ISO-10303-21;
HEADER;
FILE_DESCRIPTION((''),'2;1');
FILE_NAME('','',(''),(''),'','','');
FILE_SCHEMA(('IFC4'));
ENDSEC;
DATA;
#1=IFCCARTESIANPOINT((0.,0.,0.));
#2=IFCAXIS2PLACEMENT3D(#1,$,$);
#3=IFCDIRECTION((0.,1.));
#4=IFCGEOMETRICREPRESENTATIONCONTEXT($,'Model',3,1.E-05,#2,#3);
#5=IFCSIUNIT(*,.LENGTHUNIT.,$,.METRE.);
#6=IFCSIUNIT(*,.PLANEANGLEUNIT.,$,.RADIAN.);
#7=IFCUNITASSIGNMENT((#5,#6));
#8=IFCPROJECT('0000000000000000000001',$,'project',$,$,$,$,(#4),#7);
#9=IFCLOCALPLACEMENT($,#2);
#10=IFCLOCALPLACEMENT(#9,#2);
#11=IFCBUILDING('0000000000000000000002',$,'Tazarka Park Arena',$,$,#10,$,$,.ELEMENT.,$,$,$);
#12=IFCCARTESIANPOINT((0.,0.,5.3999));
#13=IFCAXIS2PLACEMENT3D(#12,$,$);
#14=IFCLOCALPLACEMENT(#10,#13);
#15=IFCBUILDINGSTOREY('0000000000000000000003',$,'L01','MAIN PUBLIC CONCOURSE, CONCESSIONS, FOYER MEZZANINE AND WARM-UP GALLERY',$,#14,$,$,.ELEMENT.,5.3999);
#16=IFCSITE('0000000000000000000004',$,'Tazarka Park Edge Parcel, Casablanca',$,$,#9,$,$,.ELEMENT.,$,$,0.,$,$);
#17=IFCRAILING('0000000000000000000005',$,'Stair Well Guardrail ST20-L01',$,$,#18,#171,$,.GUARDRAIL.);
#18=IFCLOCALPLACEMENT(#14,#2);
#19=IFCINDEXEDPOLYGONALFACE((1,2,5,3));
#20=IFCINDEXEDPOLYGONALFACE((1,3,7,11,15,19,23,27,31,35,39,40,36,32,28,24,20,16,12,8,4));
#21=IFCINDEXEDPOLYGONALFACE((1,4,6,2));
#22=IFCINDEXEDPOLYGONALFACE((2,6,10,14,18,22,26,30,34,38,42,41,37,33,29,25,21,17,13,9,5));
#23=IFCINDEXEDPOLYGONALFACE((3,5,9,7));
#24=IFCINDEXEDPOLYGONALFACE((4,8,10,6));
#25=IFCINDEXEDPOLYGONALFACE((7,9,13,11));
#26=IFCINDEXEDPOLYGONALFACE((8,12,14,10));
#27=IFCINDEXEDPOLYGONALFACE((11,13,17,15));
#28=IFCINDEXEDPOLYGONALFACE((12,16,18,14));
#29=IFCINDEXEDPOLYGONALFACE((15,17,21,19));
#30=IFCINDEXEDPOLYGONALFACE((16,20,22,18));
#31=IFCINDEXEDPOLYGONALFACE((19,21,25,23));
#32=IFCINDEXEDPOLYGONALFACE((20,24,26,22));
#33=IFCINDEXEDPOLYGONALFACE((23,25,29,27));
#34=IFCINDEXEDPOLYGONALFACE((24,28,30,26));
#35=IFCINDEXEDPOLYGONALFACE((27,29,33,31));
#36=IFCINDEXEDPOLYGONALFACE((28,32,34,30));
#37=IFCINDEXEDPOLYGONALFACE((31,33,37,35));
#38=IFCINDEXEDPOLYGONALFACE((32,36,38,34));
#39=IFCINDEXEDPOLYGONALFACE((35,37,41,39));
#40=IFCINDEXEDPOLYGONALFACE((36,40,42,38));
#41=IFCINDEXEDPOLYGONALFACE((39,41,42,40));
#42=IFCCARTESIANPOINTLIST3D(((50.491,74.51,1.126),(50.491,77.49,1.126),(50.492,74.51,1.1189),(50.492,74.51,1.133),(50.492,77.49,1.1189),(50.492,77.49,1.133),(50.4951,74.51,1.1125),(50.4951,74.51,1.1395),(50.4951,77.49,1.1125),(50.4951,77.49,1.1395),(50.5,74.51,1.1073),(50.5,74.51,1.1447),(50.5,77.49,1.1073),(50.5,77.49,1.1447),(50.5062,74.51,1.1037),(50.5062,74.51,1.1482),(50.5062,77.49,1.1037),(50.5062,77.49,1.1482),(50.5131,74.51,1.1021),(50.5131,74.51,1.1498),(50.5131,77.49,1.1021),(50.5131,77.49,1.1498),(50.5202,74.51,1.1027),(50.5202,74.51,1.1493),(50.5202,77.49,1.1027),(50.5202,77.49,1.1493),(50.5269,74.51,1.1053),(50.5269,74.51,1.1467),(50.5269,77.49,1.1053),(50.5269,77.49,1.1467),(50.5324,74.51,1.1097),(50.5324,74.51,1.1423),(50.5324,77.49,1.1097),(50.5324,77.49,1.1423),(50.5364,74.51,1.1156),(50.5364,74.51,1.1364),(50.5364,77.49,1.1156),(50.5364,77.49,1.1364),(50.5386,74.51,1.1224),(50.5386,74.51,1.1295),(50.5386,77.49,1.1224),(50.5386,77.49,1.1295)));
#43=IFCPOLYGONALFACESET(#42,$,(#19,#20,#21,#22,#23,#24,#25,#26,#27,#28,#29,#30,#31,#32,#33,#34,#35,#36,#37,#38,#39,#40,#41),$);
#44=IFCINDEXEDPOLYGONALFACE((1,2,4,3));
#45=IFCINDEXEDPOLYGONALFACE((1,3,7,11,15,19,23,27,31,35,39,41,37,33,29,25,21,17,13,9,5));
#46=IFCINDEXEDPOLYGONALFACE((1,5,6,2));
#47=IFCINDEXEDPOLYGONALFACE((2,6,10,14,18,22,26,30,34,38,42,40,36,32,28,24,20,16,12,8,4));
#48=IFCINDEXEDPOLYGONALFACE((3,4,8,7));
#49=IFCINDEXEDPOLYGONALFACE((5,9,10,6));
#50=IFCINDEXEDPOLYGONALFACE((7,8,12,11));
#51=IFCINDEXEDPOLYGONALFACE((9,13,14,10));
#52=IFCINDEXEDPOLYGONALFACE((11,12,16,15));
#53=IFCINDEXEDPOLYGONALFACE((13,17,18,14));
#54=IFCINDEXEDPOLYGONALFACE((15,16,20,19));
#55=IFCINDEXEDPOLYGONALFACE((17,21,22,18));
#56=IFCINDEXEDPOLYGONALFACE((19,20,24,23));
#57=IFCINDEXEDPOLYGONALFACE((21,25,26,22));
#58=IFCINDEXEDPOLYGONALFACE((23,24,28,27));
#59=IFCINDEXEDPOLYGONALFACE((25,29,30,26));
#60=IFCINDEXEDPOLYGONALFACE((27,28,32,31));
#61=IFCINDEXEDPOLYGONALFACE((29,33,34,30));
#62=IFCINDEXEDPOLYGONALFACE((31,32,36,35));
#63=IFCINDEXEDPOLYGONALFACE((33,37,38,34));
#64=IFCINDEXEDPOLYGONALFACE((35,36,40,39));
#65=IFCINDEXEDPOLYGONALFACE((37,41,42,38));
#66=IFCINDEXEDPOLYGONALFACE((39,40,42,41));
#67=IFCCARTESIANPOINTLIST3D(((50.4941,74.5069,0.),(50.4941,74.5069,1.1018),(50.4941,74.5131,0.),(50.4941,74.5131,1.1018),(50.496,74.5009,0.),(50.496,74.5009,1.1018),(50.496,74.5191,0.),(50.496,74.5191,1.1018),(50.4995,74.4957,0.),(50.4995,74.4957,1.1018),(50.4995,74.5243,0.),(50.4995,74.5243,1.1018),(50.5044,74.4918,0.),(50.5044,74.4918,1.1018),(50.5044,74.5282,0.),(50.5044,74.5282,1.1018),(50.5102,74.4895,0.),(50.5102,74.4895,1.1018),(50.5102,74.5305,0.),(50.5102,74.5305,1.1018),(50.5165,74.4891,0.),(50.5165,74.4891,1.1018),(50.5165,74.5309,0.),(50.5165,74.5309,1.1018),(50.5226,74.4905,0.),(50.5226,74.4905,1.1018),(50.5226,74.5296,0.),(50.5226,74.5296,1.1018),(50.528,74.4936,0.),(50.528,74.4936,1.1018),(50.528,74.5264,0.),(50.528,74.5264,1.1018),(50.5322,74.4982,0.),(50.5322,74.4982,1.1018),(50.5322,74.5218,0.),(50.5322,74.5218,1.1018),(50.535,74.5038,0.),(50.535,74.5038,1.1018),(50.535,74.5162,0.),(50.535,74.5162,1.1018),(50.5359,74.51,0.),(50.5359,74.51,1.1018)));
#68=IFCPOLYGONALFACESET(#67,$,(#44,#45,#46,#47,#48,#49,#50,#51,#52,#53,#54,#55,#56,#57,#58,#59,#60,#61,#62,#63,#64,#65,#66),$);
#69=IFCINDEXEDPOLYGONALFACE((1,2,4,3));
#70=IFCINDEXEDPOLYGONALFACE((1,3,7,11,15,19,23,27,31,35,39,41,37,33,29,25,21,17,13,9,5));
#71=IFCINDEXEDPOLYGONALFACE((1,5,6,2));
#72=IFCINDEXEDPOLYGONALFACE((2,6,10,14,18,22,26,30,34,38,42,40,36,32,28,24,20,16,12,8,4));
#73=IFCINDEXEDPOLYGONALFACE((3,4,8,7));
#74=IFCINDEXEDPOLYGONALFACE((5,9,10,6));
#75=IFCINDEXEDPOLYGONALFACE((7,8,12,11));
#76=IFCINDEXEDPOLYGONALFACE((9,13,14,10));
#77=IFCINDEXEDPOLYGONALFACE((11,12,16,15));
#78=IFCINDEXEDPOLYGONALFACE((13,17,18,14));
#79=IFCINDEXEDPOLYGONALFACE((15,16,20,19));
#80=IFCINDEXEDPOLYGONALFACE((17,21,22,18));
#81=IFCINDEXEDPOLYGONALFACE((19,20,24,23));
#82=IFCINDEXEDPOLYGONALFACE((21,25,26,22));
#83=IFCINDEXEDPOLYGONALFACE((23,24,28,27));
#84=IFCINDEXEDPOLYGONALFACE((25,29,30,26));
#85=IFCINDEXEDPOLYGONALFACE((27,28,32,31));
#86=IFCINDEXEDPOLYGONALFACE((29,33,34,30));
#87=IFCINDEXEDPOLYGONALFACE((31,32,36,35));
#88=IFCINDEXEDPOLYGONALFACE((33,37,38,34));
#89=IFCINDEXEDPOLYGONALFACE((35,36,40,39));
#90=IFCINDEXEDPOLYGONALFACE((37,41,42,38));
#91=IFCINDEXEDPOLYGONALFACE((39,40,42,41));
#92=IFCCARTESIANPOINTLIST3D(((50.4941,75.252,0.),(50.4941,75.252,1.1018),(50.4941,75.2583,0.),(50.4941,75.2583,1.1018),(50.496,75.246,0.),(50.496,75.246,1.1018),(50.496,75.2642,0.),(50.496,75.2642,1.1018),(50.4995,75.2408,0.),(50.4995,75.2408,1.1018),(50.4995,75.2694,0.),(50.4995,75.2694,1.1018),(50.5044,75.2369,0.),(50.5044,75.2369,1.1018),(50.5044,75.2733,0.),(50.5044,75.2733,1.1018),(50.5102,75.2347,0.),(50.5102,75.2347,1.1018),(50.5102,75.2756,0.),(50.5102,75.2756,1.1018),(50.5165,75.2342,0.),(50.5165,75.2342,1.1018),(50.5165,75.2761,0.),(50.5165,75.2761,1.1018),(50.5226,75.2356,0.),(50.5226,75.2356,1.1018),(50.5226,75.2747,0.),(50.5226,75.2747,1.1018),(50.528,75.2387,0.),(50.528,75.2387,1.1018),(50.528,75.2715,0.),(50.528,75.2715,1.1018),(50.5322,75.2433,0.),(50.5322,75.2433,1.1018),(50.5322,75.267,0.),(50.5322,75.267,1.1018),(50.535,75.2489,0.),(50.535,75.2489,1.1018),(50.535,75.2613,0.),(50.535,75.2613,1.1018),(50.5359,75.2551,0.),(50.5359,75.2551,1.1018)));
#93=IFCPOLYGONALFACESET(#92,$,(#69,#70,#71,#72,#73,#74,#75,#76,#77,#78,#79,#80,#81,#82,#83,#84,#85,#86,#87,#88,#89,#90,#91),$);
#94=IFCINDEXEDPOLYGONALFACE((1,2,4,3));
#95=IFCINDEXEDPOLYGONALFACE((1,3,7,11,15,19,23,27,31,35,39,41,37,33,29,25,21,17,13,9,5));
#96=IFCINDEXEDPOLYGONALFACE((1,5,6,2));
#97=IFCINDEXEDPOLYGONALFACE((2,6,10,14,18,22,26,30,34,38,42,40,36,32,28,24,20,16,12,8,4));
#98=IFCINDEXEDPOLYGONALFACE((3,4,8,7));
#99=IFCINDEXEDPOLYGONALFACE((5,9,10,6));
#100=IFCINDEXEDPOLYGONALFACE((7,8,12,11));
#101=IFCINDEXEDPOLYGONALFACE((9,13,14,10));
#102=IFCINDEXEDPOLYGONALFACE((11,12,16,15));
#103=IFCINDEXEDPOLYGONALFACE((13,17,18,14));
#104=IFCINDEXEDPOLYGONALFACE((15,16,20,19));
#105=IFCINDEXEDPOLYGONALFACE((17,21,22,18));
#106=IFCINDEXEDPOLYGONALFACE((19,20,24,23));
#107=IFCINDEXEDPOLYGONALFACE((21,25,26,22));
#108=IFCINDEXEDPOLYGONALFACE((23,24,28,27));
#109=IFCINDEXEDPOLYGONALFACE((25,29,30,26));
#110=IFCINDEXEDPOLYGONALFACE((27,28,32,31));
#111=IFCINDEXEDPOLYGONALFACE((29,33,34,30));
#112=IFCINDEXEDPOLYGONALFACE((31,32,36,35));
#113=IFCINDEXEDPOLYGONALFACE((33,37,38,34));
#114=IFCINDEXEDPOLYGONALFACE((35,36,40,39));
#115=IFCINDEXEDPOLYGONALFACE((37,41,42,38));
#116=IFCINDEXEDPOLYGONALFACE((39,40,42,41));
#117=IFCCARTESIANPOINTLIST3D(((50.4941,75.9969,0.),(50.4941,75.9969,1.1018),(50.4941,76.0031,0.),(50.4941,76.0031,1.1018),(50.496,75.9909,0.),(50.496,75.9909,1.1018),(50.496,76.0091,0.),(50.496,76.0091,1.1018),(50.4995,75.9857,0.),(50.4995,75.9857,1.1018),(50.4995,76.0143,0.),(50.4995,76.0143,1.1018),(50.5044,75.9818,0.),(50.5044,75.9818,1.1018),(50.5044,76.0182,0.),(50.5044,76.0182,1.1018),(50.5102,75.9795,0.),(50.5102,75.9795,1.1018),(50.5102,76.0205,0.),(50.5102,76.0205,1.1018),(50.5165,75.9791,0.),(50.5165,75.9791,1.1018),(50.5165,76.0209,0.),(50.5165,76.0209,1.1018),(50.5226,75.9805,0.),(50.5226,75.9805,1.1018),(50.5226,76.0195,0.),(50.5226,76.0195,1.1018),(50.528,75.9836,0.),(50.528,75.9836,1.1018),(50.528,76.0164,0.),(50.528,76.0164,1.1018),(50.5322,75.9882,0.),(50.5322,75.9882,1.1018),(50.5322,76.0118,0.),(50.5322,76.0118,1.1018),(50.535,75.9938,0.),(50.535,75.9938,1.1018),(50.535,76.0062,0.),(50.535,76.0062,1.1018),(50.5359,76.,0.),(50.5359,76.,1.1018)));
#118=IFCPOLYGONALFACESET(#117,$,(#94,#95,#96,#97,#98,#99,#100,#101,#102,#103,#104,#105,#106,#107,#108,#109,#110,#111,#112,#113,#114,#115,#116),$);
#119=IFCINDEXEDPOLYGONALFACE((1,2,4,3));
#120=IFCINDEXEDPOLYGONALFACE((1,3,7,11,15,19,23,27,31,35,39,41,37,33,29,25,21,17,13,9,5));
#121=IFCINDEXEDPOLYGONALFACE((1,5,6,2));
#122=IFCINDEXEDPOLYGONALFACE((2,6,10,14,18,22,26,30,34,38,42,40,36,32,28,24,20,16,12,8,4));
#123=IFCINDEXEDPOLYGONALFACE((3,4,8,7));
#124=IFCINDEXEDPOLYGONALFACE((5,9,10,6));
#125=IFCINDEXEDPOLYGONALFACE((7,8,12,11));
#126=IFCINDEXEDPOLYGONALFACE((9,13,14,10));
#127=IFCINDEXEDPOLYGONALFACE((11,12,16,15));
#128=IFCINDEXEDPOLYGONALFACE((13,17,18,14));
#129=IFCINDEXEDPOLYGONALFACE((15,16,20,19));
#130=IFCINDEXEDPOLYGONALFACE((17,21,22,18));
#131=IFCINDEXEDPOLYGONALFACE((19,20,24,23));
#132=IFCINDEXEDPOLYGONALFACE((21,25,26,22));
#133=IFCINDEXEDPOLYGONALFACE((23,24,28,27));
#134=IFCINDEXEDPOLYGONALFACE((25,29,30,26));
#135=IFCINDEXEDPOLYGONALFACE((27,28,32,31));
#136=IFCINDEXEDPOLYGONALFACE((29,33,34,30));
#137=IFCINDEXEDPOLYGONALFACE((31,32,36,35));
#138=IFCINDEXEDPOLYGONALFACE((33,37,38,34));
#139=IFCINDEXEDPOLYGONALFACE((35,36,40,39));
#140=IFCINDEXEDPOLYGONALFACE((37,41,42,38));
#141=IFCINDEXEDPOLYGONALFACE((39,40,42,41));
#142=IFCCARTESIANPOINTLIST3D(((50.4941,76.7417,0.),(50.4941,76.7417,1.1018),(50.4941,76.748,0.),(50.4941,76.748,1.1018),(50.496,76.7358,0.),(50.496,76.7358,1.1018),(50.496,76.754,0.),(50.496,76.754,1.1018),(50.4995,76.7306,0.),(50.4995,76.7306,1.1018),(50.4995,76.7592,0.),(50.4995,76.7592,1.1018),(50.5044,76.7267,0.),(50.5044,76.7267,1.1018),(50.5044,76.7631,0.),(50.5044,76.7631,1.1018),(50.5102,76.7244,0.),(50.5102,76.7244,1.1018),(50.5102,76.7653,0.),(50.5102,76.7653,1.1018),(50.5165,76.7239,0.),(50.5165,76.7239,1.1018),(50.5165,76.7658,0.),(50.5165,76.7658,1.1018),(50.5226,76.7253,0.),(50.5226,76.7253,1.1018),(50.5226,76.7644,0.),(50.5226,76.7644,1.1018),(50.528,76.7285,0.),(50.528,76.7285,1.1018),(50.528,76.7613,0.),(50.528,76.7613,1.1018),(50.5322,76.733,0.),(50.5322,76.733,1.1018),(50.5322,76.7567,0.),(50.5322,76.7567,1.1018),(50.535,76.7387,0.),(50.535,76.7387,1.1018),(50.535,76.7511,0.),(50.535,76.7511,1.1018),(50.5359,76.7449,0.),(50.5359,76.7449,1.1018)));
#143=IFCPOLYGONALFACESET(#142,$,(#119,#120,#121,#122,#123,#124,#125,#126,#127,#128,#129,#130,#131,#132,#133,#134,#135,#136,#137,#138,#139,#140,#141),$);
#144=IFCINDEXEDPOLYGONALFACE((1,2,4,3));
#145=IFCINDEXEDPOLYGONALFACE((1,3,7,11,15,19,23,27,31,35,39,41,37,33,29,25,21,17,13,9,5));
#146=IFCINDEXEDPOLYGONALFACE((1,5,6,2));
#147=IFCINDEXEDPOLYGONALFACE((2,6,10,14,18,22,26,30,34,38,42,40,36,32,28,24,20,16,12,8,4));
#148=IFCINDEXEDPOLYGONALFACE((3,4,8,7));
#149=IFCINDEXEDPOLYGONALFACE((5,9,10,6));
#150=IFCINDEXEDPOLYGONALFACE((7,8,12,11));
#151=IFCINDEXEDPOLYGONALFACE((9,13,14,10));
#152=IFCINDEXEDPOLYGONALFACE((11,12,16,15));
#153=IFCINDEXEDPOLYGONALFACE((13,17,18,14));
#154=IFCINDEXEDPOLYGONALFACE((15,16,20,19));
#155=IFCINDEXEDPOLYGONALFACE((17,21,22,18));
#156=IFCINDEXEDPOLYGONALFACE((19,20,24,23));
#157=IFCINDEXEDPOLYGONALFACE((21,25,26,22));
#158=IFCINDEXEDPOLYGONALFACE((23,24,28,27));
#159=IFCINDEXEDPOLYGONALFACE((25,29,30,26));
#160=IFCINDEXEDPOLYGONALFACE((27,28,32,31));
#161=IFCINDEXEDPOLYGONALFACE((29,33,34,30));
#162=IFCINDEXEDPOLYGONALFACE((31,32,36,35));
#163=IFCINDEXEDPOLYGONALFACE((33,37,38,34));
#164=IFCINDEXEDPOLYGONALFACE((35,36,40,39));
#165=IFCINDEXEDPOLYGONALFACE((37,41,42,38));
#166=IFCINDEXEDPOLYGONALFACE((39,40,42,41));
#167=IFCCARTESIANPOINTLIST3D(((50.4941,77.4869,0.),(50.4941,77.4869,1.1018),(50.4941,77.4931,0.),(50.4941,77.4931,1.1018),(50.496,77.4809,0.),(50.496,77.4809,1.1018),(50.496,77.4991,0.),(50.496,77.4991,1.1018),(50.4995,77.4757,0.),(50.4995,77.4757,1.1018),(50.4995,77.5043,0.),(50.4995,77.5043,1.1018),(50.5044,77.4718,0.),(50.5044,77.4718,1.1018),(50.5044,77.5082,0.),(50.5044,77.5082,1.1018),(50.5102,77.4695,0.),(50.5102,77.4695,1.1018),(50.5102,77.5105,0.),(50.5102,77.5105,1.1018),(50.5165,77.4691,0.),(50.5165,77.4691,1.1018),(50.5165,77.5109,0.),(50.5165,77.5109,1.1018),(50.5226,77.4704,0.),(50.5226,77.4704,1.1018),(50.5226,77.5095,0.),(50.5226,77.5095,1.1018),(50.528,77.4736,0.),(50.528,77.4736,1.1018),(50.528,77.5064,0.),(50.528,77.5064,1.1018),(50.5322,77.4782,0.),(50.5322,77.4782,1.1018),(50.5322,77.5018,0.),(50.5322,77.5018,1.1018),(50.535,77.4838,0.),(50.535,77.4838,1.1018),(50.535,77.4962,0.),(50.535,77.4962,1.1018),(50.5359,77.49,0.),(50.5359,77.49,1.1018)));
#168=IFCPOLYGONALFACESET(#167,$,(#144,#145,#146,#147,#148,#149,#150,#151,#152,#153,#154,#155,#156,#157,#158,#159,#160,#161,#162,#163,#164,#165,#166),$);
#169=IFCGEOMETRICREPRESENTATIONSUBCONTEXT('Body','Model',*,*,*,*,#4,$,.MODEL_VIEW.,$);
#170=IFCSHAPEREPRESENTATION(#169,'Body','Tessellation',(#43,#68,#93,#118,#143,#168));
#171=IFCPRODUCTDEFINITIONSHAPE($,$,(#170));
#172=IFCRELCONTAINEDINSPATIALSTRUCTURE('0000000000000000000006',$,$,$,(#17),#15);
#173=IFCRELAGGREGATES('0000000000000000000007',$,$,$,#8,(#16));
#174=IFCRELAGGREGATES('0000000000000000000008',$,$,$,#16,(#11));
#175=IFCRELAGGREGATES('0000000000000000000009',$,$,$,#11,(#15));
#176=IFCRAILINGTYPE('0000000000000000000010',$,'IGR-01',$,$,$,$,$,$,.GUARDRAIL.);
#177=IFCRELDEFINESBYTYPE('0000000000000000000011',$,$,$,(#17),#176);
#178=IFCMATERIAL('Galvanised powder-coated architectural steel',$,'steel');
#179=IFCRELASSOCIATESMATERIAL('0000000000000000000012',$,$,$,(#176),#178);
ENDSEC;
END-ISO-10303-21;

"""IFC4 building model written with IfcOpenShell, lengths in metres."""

from ifc_helpers import new_model, si_unit, direction, frame, origin, origin_2d, place, context, subcontext, project, spatial, circle, extrude, material, type_object, element, save


model = new_model("IFC4")

# Units and contexts
model_context = context("Model", 3, precision=1e-05, world=origin(), true_north=direction((0.0, 1.0)))
body_context = subcontext(model_context, "Body", "Model", "MODEL_VIEW")
ifc_project = project(units=[si_unit("LENGTHUNIT", "METRE"), si_unit("PLANEANGLEUNIT", "RADIAN")], contexts=[model_context])

# Site, building, storey
site_placement = place(None, origin())
site = spatial("IfcSite", under=ifc_project, at=site_placement, Name="Tazarka Park Edge Parcel, Casablanca", CompositionType="ELEMENT", RefElevation=0.0)
building_placement = place(site_placement, origin())
building = spatial("IfcBuilding", under=site, at=building_placement, Name="Tazarka Park Arena", CompositionType="ELEMENT")
storey_placement = place(building_placement, frame((0.0, 0.0, 5.3999)))
storey = spatial("IfcBuildingStorey", under=building, at=storey_placement, Name="L01", Description="MAIN PUBLIC CONCOURSE, CONCESSIONS, FOYER MEZZANINE AND WARM-UP GALLERY", CompositionType="ELEMENT", Elevation=5.3999)

# Railing
ifc_material_1 = material(Name="Galvanised powder-coated architectural steel", Category="steel")
railing_type_1 = type_object("IfcRailingType", Name="IGR-01", PredefinedType="GUARDRAIL", material=ifc_material_1)
for number, where, name in (
    (1, (50.5149, 74.51, 0.0), "Stair Well Guardrail ST20-L01"),
):
    element("IfcRailing", number, at=place(storey_placement, frame(where)), inside=storey, type_object=railing_type_1, Name=name, PredefinedType="GUARDRAIL", context=body_context, shape_type="SweptSolid", body=[
        extrude(circle(Radius=0.0239, at=origin_2d()), frame((0.0, 0.0, 1.126), z_axis=(0.0, 1.0, 0.0), x_axis=(-1.0, 0.0, 0.0)), (0.0, 0.0, 1.0), 2.98),
        extrude(circle(Radius=0.021, at=origin_2d()), origin(), (0.0, 0.0, 1.0), 1.1018),
        extrude(circle(Radius=0.021, at=origin_2d()), frame((0.0, 0.7451, 0.0)), (0.0, 0.0, 1.0), 1.1018),
        extrude(circle(Radius=0.021, at=origin_2d()), frame((0.0, 1.49, 0.0)), (0.0, 0.0, 1.0), 1.1018),
        extrude(circle(Radius=0.021, at=origin_2d()), frame((0.0, 2.2349, 0.0)), (0.0, 0.0, 1.0), 1.1018),
        extrude(circle(Radius=0.021, at=origin_2d()), frame((0.0, 2.98, 0.0)), (0.0, 0.0, 1.0), 1.1018),
    ])

save(model, "model.ifc")
